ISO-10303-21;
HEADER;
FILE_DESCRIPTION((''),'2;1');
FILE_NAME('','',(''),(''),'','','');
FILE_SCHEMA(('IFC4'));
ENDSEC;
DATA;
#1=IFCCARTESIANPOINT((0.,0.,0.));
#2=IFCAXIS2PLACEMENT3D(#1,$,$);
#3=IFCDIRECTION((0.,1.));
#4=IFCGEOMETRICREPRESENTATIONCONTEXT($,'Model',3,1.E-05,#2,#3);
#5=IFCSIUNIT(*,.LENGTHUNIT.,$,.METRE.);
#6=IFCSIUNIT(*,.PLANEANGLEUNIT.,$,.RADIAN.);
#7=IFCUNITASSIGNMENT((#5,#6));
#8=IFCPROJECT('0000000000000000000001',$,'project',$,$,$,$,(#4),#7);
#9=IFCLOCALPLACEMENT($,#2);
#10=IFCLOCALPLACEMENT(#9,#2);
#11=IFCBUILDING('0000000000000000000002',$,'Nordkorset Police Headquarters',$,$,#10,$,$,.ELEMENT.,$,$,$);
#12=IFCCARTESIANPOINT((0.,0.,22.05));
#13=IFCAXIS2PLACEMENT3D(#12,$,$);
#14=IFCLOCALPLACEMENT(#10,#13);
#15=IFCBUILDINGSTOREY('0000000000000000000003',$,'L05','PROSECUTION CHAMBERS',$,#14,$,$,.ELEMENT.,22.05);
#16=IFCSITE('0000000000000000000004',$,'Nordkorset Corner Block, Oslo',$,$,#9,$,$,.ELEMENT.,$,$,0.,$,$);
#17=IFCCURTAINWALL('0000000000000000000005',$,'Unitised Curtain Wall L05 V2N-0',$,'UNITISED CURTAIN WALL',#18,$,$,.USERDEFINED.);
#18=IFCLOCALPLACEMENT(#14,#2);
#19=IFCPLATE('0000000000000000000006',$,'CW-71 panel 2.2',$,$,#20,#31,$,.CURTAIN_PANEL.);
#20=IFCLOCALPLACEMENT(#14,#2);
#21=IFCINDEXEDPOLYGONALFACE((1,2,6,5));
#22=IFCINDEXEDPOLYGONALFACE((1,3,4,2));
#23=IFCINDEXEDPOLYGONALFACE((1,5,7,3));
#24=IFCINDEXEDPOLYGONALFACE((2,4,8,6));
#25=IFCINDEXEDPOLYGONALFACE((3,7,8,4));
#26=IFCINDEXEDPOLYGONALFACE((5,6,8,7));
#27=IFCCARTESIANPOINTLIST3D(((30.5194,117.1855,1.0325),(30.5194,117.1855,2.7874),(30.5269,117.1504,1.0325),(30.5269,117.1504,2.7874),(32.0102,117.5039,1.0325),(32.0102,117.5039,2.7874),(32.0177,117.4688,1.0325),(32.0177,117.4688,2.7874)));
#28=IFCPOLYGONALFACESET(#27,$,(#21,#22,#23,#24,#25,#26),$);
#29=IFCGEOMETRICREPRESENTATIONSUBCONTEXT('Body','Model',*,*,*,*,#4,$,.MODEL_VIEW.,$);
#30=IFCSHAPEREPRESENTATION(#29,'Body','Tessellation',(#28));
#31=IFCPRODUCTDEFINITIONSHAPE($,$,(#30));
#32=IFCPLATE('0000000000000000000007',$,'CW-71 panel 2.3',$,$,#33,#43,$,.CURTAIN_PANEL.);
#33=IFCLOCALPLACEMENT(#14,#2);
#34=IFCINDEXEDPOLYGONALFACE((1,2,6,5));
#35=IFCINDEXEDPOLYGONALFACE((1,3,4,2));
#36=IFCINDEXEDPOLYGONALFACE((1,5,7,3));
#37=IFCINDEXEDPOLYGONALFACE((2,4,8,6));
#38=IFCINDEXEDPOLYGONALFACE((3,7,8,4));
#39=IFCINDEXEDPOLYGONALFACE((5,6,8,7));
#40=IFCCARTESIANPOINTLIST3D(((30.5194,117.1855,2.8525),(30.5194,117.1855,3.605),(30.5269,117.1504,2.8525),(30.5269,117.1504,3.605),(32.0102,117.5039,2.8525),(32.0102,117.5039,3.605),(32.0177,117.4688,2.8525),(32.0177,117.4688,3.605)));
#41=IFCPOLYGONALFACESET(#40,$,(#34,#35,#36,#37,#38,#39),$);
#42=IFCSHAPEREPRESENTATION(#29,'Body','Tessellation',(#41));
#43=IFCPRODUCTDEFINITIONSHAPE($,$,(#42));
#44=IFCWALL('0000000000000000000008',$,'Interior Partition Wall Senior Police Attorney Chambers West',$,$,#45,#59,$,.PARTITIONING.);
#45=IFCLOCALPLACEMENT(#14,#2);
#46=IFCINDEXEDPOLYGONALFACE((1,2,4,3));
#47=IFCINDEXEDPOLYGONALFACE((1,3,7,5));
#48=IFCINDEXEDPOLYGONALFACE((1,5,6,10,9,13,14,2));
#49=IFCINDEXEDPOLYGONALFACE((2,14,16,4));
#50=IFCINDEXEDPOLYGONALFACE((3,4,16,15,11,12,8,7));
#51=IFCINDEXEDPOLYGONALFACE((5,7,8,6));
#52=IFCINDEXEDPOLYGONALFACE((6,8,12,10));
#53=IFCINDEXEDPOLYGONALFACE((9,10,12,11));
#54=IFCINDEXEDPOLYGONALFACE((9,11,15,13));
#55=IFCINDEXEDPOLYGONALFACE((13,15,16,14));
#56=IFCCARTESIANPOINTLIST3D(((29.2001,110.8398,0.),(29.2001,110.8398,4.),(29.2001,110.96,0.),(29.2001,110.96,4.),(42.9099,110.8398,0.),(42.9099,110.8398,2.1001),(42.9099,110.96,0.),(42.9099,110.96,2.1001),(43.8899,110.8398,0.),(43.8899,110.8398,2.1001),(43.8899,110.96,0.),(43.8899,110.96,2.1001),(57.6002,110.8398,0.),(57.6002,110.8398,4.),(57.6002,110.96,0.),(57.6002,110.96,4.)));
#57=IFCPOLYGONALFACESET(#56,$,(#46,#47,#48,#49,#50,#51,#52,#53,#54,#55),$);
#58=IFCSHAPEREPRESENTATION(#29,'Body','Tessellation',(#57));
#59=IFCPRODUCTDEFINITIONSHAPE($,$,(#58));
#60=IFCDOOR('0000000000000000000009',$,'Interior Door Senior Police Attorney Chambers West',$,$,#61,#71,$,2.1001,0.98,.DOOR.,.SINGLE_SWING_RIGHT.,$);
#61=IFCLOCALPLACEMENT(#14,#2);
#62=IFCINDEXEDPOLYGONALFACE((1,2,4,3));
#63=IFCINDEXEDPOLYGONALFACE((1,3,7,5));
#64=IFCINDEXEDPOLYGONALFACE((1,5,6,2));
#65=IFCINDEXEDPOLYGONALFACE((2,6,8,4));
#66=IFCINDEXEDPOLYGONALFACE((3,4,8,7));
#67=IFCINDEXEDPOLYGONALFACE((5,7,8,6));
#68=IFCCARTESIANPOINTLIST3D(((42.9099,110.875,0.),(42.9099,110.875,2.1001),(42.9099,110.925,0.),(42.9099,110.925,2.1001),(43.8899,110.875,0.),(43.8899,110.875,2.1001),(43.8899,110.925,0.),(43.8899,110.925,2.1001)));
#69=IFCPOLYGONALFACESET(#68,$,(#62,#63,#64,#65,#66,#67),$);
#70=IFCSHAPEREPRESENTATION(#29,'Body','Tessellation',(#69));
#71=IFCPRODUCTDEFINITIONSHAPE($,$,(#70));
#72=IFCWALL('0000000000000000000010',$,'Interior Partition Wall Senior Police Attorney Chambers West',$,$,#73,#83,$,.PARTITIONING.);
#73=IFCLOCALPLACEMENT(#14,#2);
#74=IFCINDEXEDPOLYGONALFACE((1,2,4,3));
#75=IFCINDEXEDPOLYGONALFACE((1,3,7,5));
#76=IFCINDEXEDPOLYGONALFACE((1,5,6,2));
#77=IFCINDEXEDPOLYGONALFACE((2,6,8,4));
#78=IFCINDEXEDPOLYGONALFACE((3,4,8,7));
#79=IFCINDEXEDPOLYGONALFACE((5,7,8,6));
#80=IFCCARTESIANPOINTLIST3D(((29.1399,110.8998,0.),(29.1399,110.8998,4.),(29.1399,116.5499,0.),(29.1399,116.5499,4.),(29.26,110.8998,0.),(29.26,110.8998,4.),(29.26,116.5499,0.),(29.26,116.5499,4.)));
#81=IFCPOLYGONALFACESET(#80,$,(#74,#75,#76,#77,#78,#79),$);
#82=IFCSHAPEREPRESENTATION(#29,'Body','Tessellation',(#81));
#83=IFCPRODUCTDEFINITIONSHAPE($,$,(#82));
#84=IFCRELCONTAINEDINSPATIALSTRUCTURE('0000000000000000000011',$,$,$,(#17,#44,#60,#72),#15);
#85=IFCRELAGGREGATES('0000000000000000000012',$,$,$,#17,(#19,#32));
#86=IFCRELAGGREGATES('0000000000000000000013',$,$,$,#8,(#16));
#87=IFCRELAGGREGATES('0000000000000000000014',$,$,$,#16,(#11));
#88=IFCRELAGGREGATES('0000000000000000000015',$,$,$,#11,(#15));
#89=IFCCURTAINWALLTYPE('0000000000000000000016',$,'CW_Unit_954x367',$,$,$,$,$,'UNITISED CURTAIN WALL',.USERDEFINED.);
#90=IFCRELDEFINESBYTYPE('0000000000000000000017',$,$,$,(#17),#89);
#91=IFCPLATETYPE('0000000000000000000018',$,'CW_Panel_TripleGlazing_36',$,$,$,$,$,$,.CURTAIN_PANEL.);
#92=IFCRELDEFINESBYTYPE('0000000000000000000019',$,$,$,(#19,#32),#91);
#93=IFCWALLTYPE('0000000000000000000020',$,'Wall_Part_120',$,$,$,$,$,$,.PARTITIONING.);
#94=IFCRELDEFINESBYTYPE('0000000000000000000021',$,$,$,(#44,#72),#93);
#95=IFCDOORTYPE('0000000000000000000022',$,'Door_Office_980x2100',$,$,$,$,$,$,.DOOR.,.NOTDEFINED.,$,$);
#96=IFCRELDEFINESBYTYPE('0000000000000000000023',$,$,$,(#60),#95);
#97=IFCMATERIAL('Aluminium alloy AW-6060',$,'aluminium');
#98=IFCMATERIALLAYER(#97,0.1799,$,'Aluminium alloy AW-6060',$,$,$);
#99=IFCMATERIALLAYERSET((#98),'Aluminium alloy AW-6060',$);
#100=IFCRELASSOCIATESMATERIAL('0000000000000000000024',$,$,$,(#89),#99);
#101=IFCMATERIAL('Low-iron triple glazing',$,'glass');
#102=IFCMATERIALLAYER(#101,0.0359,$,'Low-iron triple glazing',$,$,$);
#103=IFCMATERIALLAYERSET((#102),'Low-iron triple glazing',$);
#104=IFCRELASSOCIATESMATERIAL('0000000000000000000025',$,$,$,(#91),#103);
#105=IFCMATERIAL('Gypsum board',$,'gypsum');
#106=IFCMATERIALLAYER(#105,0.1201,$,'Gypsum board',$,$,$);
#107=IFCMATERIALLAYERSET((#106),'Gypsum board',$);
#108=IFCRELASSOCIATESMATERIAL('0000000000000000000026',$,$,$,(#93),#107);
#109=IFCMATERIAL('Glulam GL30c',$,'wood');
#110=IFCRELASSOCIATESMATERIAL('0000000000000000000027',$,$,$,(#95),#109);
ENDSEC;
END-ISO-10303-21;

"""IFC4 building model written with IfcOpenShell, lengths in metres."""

from ifc_helpers import new_model, si_unit, direction, frame, frame_2d, origin, origin_2d, place, context, subcontext, project, spatial, rectangle, extrude, material, layer, layer_set, type_object, element, fill, aggregate, save


model = new_model("IFC4")

# Units and contexts
model_context = context("Model", 3, precision=1e-05, world=origin(), true_north=direction((0.0, 1.0)))
body_context = subcontext(model_context, "Body", "Model", "MODEL_VIEW")
ifc_project = project(units=[si_unit("LENGTHUNIT", "METRE"), si_unit("PLANEANGLEUNIT", "RADIAN")], contexts=[model_context])

# Site, building, storey
site_placement = place(None, origin())
site = spatial("IfcSite", under=ifc_project, at=site_placement, Name="Nordkorset Corner Block, Oslo", CompositionType="ELEMENT", RefElevation=0.0)
building_placement = place(site_placement, origin())
building = spatial("IfcBuilding", under=site, at=building_placement, Name="Nordkorset Police Headquarters", CompositionType="ELEMENT")
storey_placement = place(building_placement, frame((0.0, 0.0, 22.05)))
storey = spatial("IfcBuildingStorey", under=building, at=storey_placement, Name="L05", Description="PROSECUTION CHAMBERS", CompositionType="ELEMENT", Elevation=22.05)

# Curtain wall
ifc_material_1 = material(Name="Aluminium alloy AW-6060", Category="aluminium")
ifc_layer_1 = layer(ifc_material_1, 0.1799, Name="Aluminium alloy AW-6060")
ifc_layer_set_1 = layer_set([ifc_layer_1], Name="Aluminium alloy AW-6060")
curtain_wall_type_1 = type_object("IfcCurtainWallType", Name="CW_Unit_954x367", ElementType="UNITISED CURTAIN WALL", PredefinedType="USERDEFINED", material=ifc_layer_set_1)
curtain_wall_1_placement = place(storey_placement, origin())
curtain_wall_1 = element("IfcCurtainWall", 1, at=curtain_wall_1_placement, inside=storey, type_object=curtain_wall_type_1, Name="Unitised Curtain Wall L05 V2N-0", ObjectType="UNITISED CURTAIN WALL", PredefinedType="USERDEFINED")

# Plates
ifc_material_2 = material(Name="Low-iron triple glazing", Category="glass")
ifc_layer_2 = layer(ifc_material_2, 0.0359, Name="Low-iron triple glazing")
ifc_layer_set_2 = layer_set([ifc_layer_2], Name="Low-iron triple glazing")
plate_type = type_object("IfcPlateType", Name="CW_Panel_TripleGlazing_36", PredefinedType="CURTAIN_PANEL", material=ifc_layer_set_2)
plate_1_placement = place(storey_placement, frame((31.2686, 117.3271, 1.0325), z_axis=(0.0, 0.0, 1.0), x_axis=(0.977951, 0.208833, 0.0)))
plate_1 = element("IfcPlate", 2, at=plate_1_placement, type_object=plate_type, Name="CW-71 panel 2.2", PredefinedType="CURTAIN_PANEL", context=body_context, shape_type="SweptSolid", body=[
    extrude(rectangle(XDim=1.5244, YDim=0.0359, at=origin_2d()), origin(), (0.0, 0.0, 1.0), 1.7549),
])
plate_2_placement = place(storey_placement, frame((31.2686, 117.3271, 2.8525), z_axis=(0.0, 0.0, 1.0), x_axis=(0.977951, 0.208833, 0.0)))
plate_2 = element("IfcPlate", 3, at=plate_2_placement, type_object=plate_type, Name="CW-71 panel 2.3", PredefinedType="CURTAIN_PANEL", context=body_context, shape_type="SweptSolid", body=[
    extrude(rectangle(XDim=1.5244, YDim=0.0359, at=origin_2d()), origin(), (0.0, 0.0, 1.0), 0.7524),
])
aggregate(curtain_wall_1, [plate_1, plate_2])

# Wall, opening, door
ifc_material_3 = material(Name="Gypsum board", Category="gypsum")
ifc_layer_3 = layer(ifc_material_3, 0.1201, Name="Gypsum board")
ifc_layer_set_3 = layer_set([ifc_layer_3], Name="Gypsum board")
wall_type = type_object("IfcWallType", Name="Wall_Part_120", PredefinedType="PARTITIONING", material=ifc_layer_set_3)
wall_1_placement = place(storey_placement, frame((29.2, 110.8999, 0.0), z_axis=(0.0, 0.0, 1.0), x_axis=(1.0, 0.0, 0.0)))
wall_1 = element("IfcWall", 4, at=wall_1_placement, inside=storey, type_object=wall_type, Name="Interior Partition Wall Senior Police Attorney Chambers West", PredefinedType="PARTITIONING", context=body_context, shape_type="SweptSolid", body=[
    extrude(rectangle(XDim=28.4001, YDim=0.1201, at=frame_2d((14.2002, 0.0))), origin(), (0.0, 0.0, 1.0), 4.0),
])
opening_placement = place(wall_1_placement, frame((13.71, 0.0, 0.0)))
opening = element("IfcOpeningElement", 5, at=opening_placement, cuts=wall_1, PredefinedType="OPENING", context=body_context, shape_type="SweptSolid", body=[
    extrude(rectangle(XDim=0.98, YDim=2.1001, at=frame_2d((0.49, 1.05))), frame((0.0, 0.0701, 0.0), z_axis=(0.0, -1.0, 0.0), x_axis=(1.0, 0.0, 0.0)), (0.0, 0.0, 1.0), 0.1401),
])
ifc_material_4 = material(Name="Glulam GL30c", Category="wood")
door_type = type_object("IfcDoorType", Name="Door_Office_980x2100", OperationType="NOTDEFINED", PredefinedType="DOOR", material=ifc_material_4)
door_placement = place(opening_placement, frame((0.98, 0.0, 0.0), z_axis=(0.0, 0.0, 1.0), x_axis=(-1.0, 0.0, 0.0)))
door = element("IfcDoor", 6, at=door_placement, inside=storey, type_object=door_type, Name="Interior Door Senior Police Attorney Chambers West", OperationType="SINGLE_SWING_RIGHT", OverallHeight=2.1001, OverallWidth=0.98, PredefinedType="DOOR", context=body_context, shape_type="SweptSolid", body=[
    extrude(rectangle(XDim=0.98, YDim=2.1001, at=frame_2d((0.49, 1.05))), frame((0.0, 0.0249, 0.0), z_axis=(0.0, -1.0, 0.0), x_axis=(1.0, 0.0, 0.0)), (0.0, 0.0, 1.0), 0.05),
])
fill(opening, door)

# Wall
wall_2_placement = place(storey_placement, frame((29.2, 116.55, 0.0), z_axis=(0.0, 0.0, 1.0), x_axis=(0.0, -1.0, 0.0)))
element("IfcWall", 7, at=wall_2_placement, inside=storey, type_object=wall_type, Name="Interior Partition Wall Senior Police Attorney Chambers West", PredefinedType="PARTITIONING", context=body_context, shape_type="SweptSolid", body=[
    extrude(rectangle(XDim=5.6501, YDim=0.1201, at=frame_2d((2.8252, 0.0))), origin(), (0.0, 0.0, 1.0), 4.0),
])

save(model, "model.ifc")
